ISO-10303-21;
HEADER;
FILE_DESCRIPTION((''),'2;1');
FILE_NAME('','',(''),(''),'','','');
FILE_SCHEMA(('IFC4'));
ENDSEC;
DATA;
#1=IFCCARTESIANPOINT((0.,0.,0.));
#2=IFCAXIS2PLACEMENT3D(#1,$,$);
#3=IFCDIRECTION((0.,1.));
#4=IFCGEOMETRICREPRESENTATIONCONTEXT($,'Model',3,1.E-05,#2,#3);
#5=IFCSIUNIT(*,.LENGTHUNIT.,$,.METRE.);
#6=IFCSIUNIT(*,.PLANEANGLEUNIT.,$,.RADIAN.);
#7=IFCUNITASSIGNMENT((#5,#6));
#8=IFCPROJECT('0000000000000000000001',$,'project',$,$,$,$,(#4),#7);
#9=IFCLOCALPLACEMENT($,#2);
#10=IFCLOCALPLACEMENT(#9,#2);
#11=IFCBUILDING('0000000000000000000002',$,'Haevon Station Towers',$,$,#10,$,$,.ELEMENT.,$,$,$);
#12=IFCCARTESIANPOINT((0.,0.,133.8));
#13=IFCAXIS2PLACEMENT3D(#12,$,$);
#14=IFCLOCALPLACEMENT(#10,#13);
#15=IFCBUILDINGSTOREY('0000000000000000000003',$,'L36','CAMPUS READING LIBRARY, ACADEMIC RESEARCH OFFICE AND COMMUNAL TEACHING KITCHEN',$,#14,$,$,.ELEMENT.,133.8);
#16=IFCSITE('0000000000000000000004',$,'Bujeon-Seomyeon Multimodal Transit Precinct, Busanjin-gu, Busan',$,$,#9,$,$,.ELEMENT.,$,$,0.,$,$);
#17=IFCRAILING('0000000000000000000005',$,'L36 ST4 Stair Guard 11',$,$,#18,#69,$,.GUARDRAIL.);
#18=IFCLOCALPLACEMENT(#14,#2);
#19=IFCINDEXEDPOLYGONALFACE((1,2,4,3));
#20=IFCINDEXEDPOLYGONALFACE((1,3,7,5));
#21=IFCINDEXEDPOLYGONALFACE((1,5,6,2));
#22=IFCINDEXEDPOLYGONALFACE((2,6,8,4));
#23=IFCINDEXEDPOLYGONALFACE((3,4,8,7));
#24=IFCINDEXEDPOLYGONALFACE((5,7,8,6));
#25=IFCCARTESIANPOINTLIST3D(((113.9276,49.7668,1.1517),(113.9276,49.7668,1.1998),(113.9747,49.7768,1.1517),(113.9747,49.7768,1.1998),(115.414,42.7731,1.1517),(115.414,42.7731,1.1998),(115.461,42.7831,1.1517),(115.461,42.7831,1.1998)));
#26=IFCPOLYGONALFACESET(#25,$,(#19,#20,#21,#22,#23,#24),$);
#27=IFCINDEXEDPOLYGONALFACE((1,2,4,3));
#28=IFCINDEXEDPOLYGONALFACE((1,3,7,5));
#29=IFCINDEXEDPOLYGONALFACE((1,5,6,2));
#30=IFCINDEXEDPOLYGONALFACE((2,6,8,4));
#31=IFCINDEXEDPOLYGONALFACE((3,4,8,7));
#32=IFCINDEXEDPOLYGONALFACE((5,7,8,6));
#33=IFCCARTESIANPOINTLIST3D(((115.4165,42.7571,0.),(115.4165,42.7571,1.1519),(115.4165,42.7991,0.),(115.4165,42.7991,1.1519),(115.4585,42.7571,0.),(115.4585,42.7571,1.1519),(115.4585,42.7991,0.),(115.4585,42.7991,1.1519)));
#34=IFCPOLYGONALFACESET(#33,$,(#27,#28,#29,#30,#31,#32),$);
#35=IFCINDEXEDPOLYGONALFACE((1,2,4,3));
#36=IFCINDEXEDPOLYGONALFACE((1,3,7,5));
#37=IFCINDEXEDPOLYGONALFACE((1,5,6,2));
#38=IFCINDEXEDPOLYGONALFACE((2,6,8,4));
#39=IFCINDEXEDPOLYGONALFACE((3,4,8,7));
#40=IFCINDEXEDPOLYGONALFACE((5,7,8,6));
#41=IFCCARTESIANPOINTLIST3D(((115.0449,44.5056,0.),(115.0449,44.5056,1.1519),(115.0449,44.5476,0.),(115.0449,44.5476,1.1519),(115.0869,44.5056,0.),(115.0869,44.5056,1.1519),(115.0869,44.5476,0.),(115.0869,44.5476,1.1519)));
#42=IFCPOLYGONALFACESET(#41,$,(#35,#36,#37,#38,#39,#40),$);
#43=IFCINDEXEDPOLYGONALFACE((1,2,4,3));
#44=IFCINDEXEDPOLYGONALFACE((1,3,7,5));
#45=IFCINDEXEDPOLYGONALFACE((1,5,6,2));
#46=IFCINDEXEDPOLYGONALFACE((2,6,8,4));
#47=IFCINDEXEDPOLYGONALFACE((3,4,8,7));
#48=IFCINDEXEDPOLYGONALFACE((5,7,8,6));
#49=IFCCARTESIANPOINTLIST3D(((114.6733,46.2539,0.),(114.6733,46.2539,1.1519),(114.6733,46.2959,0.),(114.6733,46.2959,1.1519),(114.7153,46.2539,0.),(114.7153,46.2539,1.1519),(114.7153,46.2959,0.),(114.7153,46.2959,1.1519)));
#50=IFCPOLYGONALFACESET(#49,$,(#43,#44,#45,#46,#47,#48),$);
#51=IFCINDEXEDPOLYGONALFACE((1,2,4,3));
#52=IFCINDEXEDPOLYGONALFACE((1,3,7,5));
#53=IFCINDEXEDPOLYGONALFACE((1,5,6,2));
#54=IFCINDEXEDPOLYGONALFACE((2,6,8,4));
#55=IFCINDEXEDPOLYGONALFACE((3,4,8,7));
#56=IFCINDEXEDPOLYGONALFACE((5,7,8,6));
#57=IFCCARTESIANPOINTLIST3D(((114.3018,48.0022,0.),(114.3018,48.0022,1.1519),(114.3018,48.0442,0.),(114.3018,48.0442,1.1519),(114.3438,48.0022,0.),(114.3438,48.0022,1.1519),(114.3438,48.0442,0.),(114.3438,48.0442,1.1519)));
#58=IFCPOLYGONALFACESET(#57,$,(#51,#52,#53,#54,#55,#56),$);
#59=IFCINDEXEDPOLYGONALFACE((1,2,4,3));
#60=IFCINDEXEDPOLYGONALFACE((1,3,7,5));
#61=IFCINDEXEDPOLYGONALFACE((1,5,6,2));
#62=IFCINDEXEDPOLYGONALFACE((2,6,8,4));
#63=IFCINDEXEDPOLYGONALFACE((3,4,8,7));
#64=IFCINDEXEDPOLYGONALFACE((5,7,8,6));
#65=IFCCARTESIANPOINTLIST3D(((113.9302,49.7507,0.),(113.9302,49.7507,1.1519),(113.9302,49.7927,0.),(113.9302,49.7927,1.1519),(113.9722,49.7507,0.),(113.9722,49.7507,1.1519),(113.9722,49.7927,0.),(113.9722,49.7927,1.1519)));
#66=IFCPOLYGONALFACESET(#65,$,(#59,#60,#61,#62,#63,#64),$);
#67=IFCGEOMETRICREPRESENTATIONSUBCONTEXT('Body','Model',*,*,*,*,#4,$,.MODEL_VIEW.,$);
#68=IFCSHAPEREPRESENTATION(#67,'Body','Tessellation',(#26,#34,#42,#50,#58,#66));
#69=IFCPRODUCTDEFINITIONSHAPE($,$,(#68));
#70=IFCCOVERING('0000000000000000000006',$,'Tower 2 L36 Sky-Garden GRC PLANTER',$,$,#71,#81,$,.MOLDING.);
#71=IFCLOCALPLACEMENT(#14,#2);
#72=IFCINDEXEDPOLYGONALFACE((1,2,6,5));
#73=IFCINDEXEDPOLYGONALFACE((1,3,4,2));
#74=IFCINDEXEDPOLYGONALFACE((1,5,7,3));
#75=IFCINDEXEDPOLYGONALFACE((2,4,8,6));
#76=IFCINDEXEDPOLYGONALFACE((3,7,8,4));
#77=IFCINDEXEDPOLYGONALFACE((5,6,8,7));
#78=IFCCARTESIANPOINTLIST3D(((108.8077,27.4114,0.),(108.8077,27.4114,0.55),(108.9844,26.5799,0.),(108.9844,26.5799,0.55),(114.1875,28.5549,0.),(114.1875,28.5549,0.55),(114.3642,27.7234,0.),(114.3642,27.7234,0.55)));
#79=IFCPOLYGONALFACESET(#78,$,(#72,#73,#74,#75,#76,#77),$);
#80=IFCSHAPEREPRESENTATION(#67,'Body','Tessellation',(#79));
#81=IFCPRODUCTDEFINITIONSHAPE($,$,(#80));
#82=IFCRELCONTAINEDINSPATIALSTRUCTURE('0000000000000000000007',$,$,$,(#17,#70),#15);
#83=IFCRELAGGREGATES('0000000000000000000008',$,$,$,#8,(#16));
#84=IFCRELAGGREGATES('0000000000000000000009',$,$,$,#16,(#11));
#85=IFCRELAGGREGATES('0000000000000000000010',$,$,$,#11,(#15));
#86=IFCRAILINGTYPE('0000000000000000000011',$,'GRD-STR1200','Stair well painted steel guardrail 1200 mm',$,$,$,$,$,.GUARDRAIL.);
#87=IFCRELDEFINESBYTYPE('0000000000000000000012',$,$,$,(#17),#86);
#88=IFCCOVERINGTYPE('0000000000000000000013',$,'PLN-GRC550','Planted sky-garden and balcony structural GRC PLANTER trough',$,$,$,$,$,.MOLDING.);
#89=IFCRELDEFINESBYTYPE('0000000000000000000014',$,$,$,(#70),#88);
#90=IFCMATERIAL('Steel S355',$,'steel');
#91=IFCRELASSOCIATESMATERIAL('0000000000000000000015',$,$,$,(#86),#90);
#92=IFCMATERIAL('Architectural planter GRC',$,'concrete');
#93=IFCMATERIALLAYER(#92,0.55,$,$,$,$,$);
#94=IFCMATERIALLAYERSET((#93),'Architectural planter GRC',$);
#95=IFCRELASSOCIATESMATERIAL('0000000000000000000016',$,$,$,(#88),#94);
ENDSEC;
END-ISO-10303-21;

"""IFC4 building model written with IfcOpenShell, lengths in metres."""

from ifc_helpers import new_model, si_unit, direction, frame, origin, origin_2d, place, context, subcontext, project, spatial, rectangle, extrude, material, layer, layer_set, type_object, element, save


model = new_model("IFC4")

# Units and contexts
model_context = context("Model", 3, precision=1e-05, world=origin(), true_north=direction((0.0, 1.0)))
body_context = subcontext(model_context, "Body", "Model", "MODEL_VIEW")
ifc_project = project(units=[si_unit("LENGTHUNIT", "METRE"), si_unit("PLANEANGLEUNIT", "RADIAN")], contexts=[model_context])

# Site, building, storey
site_placement = place(None, origin())
site = spatial("IfcSite", under=ifc_project, at=site_placement, Name="Bujeon-Seomyeon Multimodal Transit Precinct, Busanjin-gu, Busan", CompositionType="ELEMENT", RefElevation=0.0)
building_placement = place(site_placement, origin())
building = spatial("IfcBuilding", under=site, at=building_placement, Name="Haevon Station Towers", CompositionType="ELEMENT")
storey_placement = place(building_placement, frame((0.0, 0.0, 133.8)))
storey = spatial("IfcBuildingStorey", under=building, at=storey_placement, Name="L36", Description="CAMPUS READING LIBRARY, ACADEMIC RESEARCH OFFICE AND COMMUNAL TEACHING KITCHEN", CompositionType="ELEMENT", Elevation=133.8)

# Shared definitions
ifc_material_1 = material(Name="Steel S355", Category="steel")

# Railing
railing_type = type_object("IfcRailingType", Name="GRD-STR1200", Description="Stair well painted steel guardrail 1200 mm", PredefinedType="GUARDRAIL", material=ifc_material_1)
railing_1_placement = place(storey_placement, frame((115.4375, 42.7781, 0.0)))
element("IfcRailing", 1, at=railing_1_placement, inside=storey, type_object=railing_type, Name="L36 ST4 Stair Guard 11", PredefinedType="GUARDRAIL", context=body_context, shape_type="SweptSolid", body=[
    extrude(rectangle(XDim=0.0481, YDim=0.0481, at=origin_2d()), frame((0.0, 0.0, 1.1758), z_axis=(-0.207882, 0.978154, 0.0), x_axis=(-0.978154, -0.207882, 0.0)), (0.0, 0.0, 1.0), 7.1499),
    extrude(rectangle(XDim=0.042, YDim=0.042, at=origin_2d()), origin(), (0.0, 0.0, 1.0), 1.1519),
    extrude(rectangle(XDim=0.042, YDim=0.042, at=origin_2d()), frame((-0.3716, 1.7485, 0.0)), (0.0, 0.0, 1.0), 1.1519),
    extrude(rectangle(XDim=0.042, YDim=0.042, at=origin_2d()), frame((-0.7432, 3.4968, 0.0)), (0.0, 0.0, 1.0), 1.1519),
    extrude(rectangle(XDim=0.042, YDim=0.042, at=origin_2d()), frame((-1.1147, 5.2451, 0.0)), (0.0, 0.0, 1.0), 1.1519),
    extrude(rectangle(XDim=0.042, YDim=0.042, at=origin_2d()), frame((-1.4863, 6.9937, 0.0)), (0.0, 0.0, 1.0), 1.1519),
])

# Covering
ifc_material_2 = material(Name="Architectural planter GRC", Category="concrete")
ifc_layer_1 = layer(ifc_material_2, 0.55)
ifc_layer_set_1 = layer_set([ifc_layer_1], Name="Architectural planter GRC")
covering_type_1 = type_object("IfcCoveringType", Name="PLN-GRC550", Description="Planted sky-garden and balcony structural GRC PLANTER trough", PredefinedType="MOLDING", material=ifc_layer_set_1)
covering_1_placement = place(storey_placement, frame((111.5859, 27.5674, 0.0), z_axis=(0.0, 0.0, 1.0), x_axis=(0.978148, 0.207912, 0.0)))
element("IfcCovering", 2, at=covering_1_placement, inside=storey, type_object=covering_type_1, Name="Tower 2 L36 Sky-Garden GRC PLANTER", PredefinedType="MOLDING", context=body_context, shape_type="SweptSolid", body=[
    extrude(rectangle(XDim=5.5, YDim=0.8501, at=origin_2d()), origin(), (0.0, 0.0, 1.0), 0.55),
])

save(model, "model.ifc")
